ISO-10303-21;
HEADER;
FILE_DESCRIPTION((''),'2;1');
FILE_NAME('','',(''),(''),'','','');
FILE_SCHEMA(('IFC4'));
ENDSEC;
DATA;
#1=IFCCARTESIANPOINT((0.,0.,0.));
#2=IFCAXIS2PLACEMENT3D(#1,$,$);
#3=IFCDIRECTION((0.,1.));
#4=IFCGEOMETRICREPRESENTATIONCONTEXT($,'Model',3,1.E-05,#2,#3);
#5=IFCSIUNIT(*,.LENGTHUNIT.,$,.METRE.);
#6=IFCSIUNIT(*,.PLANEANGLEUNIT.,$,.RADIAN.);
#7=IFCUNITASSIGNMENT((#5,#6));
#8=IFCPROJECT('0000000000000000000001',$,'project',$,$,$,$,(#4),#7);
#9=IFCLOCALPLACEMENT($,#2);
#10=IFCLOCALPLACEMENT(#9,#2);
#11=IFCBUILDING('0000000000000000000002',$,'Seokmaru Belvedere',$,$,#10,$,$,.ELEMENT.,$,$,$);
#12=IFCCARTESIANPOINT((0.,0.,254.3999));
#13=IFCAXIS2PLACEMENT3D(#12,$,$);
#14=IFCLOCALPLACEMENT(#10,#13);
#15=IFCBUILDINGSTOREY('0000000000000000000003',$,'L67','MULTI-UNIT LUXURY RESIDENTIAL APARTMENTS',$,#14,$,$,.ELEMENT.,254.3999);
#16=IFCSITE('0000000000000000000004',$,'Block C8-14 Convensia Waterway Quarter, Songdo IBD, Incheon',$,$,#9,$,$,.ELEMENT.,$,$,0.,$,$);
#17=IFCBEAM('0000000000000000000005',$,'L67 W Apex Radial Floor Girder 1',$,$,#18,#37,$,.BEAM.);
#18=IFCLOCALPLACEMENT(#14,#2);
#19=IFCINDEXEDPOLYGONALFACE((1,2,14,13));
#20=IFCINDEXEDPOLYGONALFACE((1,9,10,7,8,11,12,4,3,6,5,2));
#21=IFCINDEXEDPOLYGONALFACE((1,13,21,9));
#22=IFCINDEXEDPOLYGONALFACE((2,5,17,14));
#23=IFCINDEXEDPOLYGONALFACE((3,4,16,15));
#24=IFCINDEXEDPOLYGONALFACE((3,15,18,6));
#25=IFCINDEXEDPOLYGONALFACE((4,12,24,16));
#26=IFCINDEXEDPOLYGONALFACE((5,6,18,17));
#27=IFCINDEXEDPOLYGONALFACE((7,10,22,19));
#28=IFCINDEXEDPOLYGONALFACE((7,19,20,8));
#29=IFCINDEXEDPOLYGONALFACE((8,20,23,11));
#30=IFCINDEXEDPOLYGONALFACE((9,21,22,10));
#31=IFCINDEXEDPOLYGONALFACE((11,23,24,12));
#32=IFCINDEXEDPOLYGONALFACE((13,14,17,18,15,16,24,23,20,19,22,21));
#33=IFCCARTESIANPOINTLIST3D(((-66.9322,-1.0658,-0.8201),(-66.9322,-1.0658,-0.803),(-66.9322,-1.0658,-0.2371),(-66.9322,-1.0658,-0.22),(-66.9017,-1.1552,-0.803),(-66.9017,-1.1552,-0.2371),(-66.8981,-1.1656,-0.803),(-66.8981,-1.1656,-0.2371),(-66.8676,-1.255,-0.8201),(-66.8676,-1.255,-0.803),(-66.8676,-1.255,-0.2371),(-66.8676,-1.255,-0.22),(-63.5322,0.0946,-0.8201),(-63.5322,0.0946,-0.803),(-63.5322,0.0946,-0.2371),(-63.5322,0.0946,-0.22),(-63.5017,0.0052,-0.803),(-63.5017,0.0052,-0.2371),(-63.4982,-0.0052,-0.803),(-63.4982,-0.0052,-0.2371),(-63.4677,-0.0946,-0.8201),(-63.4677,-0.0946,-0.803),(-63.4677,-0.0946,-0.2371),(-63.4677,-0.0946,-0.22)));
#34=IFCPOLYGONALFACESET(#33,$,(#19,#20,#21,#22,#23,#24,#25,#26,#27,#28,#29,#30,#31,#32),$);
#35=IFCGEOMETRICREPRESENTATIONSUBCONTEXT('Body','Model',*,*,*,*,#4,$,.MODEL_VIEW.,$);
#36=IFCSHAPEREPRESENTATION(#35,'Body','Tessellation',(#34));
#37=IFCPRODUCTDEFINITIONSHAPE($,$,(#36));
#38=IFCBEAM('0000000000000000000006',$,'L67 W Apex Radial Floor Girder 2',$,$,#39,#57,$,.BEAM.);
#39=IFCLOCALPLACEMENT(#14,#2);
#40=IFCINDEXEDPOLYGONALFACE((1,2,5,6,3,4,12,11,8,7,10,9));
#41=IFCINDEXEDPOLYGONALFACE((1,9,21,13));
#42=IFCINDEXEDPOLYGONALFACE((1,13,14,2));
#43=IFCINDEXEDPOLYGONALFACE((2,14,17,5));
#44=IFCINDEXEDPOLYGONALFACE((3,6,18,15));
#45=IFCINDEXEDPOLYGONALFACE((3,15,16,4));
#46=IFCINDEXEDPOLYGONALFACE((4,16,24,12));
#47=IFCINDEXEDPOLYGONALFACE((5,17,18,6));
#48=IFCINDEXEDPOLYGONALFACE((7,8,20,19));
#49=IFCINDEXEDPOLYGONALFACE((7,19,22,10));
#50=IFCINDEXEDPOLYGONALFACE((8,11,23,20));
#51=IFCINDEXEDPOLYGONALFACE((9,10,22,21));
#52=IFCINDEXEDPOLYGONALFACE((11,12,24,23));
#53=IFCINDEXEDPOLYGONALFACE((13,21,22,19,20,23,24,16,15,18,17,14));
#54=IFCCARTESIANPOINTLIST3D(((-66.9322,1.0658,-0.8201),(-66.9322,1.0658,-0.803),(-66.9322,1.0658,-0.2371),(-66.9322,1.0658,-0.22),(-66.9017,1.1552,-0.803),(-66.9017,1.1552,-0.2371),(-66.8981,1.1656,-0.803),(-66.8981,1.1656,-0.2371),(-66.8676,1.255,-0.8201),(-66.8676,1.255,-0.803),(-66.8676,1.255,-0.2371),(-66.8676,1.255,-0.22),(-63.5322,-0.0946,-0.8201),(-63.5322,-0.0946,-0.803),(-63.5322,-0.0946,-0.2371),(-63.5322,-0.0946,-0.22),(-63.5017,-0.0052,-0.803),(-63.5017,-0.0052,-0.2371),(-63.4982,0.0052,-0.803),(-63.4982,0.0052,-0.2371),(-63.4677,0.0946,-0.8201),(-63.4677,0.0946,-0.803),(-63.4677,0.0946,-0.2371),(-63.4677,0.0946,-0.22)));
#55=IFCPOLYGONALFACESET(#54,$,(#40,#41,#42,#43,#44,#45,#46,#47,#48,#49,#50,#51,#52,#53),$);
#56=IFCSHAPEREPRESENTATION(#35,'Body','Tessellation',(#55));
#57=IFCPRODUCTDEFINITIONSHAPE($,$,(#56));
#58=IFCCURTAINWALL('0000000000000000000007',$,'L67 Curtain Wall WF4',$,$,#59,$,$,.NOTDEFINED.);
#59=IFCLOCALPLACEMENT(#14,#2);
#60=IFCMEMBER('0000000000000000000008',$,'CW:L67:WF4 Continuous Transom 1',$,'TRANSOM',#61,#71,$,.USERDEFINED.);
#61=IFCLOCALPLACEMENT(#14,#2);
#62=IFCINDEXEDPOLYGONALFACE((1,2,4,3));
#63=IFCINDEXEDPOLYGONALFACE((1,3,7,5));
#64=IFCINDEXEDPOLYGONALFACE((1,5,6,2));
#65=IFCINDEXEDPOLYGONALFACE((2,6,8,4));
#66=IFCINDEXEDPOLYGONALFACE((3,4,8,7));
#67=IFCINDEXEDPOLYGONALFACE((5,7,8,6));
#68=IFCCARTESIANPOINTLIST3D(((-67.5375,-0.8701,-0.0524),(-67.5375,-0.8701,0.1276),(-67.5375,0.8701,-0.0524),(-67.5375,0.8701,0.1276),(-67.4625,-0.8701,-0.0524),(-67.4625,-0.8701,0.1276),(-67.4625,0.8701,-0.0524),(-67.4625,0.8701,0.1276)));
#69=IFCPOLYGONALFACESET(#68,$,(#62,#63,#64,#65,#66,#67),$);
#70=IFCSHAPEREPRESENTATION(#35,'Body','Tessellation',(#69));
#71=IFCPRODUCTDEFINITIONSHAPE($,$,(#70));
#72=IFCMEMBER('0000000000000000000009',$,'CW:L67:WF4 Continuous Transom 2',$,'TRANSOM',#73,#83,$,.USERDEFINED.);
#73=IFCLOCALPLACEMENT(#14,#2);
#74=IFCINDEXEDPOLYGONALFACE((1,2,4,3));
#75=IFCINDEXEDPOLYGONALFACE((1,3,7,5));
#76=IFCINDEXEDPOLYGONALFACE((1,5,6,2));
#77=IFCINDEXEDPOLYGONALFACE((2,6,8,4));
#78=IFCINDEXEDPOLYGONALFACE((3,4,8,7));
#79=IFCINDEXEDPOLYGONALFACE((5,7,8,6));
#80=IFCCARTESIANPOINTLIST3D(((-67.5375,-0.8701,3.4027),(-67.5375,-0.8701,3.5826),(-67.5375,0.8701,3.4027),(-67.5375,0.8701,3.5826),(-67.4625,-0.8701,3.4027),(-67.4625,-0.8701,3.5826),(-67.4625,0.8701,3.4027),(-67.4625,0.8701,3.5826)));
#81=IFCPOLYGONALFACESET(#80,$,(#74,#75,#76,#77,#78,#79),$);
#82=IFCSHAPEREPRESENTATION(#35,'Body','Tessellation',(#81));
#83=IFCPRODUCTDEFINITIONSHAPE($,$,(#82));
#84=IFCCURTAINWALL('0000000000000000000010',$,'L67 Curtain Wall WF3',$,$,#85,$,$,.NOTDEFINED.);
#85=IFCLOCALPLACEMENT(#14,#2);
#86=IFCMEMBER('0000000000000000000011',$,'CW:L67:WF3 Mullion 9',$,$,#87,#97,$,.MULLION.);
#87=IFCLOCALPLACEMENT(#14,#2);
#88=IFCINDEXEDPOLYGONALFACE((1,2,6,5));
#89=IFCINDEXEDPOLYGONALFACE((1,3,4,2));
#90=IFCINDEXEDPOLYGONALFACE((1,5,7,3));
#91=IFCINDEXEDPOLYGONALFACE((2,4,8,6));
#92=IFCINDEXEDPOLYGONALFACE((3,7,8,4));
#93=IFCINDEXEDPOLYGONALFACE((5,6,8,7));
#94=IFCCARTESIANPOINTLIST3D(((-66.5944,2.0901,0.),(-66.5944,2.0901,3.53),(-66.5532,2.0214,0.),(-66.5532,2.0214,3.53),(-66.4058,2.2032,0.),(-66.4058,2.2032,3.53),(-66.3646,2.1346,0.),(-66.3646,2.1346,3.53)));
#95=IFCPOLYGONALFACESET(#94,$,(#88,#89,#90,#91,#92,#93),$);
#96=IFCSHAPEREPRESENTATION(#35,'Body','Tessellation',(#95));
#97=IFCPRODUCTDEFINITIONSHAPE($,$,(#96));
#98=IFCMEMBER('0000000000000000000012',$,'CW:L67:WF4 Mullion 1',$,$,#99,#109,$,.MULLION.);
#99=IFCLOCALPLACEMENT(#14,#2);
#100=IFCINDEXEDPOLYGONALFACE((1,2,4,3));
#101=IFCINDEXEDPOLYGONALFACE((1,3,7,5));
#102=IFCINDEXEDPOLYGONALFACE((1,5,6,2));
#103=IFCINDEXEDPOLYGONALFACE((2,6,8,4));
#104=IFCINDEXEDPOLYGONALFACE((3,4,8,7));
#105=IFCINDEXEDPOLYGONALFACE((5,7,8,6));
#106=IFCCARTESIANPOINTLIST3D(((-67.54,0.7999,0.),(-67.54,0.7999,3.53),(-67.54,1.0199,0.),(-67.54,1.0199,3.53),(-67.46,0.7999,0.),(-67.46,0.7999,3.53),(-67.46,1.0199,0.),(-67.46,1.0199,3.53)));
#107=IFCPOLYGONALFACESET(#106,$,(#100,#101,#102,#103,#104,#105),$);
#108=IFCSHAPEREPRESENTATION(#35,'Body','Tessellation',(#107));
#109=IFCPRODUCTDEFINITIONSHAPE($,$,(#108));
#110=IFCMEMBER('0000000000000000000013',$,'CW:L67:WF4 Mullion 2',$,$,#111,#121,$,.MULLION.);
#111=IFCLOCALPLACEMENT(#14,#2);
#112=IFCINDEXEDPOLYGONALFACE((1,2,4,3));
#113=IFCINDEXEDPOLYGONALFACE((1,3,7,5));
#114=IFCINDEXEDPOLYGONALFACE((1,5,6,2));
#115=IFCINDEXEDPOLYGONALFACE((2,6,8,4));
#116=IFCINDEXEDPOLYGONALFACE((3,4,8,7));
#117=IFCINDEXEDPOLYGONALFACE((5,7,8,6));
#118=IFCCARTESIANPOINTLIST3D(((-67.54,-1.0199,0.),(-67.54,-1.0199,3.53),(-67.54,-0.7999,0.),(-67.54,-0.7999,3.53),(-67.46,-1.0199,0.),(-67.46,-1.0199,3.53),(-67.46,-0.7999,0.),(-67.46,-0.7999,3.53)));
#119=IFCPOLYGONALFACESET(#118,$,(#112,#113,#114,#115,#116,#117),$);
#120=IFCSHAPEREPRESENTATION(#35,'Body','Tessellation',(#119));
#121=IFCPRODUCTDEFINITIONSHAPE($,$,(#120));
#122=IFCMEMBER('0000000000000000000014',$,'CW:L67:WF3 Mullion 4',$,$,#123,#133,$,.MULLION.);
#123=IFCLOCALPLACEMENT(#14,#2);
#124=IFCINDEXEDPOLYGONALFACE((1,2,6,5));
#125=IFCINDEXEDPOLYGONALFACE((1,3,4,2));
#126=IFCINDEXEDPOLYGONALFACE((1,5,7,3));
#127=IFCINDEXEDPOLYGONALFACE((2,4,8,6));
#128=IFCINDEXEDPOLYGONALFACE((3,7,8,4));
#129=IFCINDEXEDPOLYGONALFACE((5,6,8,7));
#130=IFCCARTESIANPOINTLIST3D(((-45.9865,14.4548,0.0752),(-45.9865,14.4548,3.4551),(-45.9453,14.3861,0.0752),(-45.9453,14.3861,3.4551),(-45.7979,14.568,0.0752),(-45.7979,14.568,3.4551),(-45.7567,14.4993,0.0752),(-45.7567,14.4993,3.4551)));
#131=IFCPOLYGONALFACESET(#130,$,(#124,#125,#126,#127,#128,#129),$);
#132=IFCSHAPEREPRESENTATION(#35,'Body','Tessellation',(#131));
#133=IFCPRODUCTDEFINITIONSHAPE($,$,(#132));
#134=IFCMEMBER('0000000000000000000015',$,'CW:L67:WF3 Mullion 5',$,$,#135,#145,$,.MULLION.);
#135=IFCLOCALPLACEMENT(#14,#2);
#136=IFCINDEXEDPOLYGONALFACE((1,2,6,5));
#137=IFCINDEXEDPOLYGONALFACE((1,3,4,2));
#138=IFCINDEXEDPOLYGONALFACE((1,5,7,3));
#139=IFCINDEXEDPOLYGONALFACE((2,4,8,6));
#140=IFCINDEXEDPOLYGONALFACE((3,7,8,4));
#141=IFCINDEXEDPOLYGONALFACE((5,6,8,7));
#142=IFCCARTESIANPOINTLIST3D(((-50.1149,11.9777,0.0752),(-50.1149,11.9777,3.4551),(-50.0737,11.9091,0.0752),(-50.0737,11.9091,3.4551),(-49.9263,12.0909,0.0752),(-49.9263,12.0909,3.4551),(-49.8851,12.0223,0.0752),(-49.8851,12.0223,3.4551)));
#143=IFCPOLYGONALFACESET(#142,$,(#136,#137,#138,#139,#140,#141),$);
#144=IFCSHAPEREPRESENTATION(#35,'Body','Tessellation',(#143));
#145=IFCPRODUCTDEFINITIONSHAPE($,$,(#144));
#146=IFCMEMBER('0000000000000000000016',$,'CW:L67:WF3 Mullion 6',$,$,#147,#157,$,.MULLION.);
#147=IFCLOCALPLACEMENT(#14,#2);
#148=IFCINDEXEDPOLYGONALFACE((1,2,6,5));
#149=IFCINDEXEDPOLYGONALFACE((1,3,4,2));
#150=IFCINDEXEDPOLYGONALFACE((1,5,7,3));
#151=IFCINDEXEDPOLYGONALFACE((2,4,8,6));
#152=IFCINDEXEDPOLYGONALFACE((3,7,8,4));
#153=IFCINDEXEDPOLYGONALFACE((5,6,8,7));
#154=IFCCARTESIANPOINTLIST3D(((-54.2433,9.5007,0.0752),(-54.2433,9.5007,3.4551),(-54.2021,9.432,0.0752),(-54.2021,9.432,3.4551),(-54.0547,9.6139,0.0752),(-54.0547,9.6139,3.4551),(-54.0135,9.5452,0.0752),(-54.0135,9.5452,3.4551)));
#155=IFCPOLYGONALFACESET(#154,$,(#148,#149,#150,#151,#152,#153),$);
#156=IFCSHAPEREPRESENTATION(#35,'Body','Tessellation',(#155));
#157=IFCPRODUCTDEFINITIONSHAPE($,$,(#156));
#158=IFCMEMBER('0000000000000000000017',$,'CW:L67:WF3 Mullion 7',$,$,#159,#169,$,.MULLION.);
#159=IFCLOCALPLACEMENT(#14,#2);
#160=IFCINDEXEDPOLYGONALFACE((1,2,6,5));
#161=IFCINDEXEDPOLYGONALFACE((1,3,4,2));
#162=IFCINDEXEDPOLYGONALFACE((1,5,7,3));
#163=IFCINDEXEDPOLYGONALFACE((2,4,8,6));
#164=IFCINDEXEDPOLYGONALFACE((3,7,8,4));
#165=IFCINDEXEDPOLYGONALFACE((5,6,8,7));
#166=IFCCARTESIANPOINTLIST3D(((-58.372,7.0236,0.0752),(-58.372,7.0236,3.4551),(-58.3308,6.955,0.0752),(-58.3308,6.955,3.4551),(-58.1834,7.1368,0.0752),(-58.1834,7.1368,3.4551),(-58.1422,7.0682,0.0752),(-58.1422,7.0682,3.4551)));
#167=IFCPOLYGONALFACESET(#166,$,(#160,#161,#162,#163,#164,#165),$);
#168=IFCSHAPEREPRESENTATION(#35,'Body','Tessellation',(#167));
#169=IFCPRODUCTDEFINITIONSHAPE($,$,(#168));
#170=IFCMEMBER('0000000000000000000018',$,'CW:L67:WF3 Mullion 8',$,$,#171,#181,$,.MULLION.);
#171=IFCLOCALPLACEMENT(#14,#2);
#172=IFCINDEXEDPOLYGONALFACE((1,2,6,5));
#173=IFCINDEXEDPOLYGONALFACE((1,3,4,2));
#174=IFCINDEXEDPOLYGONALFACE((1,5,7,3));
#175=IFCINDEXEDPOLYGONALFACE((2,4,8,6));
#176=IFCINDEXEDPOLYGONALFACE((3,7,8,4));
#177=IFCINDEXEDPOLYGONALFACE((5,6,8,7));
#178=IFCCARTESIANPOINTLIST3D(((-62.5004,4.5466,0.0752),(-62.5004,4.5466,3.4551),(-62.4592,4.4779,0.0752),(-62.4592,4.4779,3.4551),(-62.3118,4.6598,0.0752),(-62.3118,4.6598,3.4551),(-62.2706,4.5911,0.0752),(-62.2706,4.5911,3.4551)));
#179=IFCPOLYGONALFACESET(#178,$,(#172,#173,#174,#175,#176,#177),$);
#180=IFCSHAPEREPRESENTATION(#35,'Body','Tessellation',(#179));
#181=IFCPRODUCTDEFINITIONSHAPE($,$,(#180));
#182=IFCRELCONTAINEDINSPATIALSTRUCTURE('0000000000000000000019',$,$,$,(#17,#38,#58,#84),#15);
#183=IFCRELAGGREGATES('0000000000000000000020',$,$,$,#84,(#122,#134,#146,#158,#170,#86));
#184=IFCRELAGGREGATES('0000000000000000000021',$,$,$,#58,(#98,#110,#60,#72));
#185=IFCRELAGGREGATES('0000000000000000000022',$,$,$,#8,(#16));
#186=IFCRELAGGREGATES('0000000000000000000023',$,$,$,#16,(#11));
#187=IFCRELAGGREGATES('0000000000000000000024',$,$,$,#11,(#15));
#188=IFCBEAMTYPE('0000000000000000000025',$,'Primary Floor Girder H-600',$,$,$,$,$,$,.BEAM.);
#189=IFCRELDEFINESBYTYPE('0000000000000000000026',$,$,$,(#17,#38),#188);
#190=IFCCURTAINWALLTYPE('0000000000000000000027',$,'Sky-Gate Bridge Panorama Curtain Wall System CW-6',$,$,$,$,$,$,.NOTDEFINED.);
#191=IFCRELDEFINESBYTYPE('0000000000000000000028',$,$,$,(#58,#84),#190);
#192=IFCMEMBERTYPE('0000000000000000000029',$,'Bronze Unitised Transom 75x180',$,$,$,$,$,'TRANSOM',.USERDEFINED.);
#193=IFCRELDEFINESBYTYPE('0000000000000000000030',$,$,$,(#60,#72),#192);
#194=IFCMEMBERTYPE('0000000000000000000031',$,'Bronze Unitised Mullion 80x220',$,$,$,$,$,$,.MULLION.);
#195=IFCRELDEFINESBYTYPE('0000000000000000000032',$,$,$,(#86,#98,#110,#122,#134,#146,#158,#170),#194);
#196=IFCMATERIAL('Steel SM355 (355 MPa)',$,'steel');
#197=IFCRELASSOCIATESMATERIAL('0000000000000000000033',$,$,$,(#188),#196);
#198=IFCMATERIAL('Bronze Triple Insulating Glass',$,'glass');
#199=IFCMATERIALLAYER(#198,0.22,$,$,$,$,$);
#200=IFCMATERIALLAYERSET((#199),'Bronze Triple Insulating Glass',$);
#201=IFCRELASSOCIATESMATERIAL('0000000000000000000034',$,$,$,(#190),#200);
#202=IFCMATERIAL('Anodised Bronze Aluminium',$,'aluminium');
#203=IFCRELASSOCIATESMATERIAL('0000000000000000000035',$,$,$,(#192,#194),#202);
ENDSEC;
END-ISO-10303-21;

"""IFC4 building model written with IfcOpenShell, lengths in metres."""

from ifc_helpers import new_model, si_unit, direction, frame, origin, origin_2d, place, context, subcontext, project, spatial, rectangle, i_section, extrude, source, transform, mapped, material, layer, layer_set, material_profile, profile_set, type_object, type_shapes, element, aggregate, save


model = new_model("IFC4")

# Units and contexts
model_context = context("Model", 3, precision=1e-05, world=origin(), true_north=direction((0.0, 1.0)))
body_context = subcontext(model_context, "Body", "Model", "MODEL_VIEW")
ifc_project = project(units=[si_unit("LENGTHUNIT", "METRE"), si_unit("PLANEANGLEUNIT", "RADIAN")], contexts=[model_context])

# Site, building, storey
site_placement = place(None, origin())
site = spatial("IfcSite", under=ifc_project, at=site_placement, Name="Block C8-14 Convensia Waterway Quarter, Songdo IBD, Incheon", CompositionType="ELEMENT", RefElevation=0.0)
building_placement = place(site_placement, origin())
building = spatial("IfcBuilding", under=site, at=building_placement, Name="Seokmaru Belvedere", CompositionType="ELEMENT")
storey_placement = place(building_placement, frame((0.0, 0.0, 254.3999)))
storey = spatial("IfcBuildingStorey", under=building, at=storey_placement, Name="L67", Description="MULTI-UNIT LUXURY RESIDENTIAL APARTMENTS", CompositionType="ELEMENT", Elevation=254.3999)

# Shared definitions
ifc_material_1 = material(Name="Steel SM355 (355 MPa)", Category="steel")

# Beams
ifc_material_profile_1 = material_profile(ifc_material_1, i_section(OverallWidth=0.2, OverallDepth=0.6001, WebThickness=0.011, FlangeThickness=0.0171, at=origin_2d()), Name="H-600x200x11x17")
ifc_profile_set_1 = profile_set([ifc_material_profile_1], Name="Steel SM355 (355 MPa)")
beam_type_1 = type_object("IfcBeamType", Name="Primary Floor Girder H-600", PredefinedType="BEAM", material=ifc_profile_set_1)
shared_shape_1 = source(origin(), body_context, "Body", "SweptSolid", [
    extrude(i_section(OverallWidth=0.2, OverallDepth=0.6001, WebThickness=0.011, FlangeThickness=0.0171, at=origin_2d()), origin(), (0.0, 0.0, 1.0), 3.5925),
])
for number, where, z_axis, x_axis, name in (
    (1, (-66.8999, -1.1604, -0.52), (0.946396, 0.323009, 0.0), (-0.323009, 0.946396, 0.0), "L67 W Apex Radial Floor Girder 1"),
    (2, (-66.8999, 1.1604, -0.52), (0.946396, -0.323009, 0.0), (0.323009, 0.946396, 0.0), "L67 W Apex Radial Floor Girder 2"),
):
    element("IfcBeam", number, at=place(storey_placement, frame(where, z_axis=z_axis, x_axis=x_axis)), inside=storey, type_object=beam_type_1, Name=name, PredefinedType="BEAM", context=body_context, shape_type="MappedRepresentation", body=[
        mapped(shared_shape_1, transform((0.0, 0.0, 0.0), scale=1.0)),
    ])

# Curtain wall, members
ifc_material_2 = material(Name="Bronze Triple Insulating Glass", Category="glass")
ifc_layer_1 = layer(ifc_material_2, 0.22)
ifc_layer_set_1 = layer_set([ifc_layer_1], Name="Bronze Triple Insulating Glass")
curtain_wall_type = type_object("IfcCurtainWallType", Name="Sky-Gate Bridge Panorama Curtain Wall System CW-6", PredefinedType="NOTDEFINED", material=ifc_layer_set_1)
curtain_wall_1_placement = place(storey_placement, origin())
curtain_wall_1 = element("IfcCurtainWall", 3, at=curtain_wall_1_placement, inside=storey, type_object=curtain_wall_type, Name="L67 Curtain Wall WF4", PredefinedType="NOTDEFINED")
ifc_material_3 = material(Name="Anodised Bronze Aluminium", Category="aluminium")
ifc_material_profile_2 = material_profile(ifc_material_3, rectangle(XDim=0.075, YDim=0.1799, at=origin_2d()), Name="CW-T-75x180")
ifc_profile_set_2 = profile_set([ifc_material_profile_2], Name="Anodised Bronze Aluminium")
member_type_1 = type_object("IfcMemberType", Name="Bronze Unitised Transom 75x180", ElementType="TRANSOM", PredefinedType="USERDEFINED", material=ifc_profile_set_2)
shared_shape_2 = source(origin(), body_context, "Body", "SweptSolid", [
    extrude(rectangle(XDim=0.075, YDim=0.1799, at=origin_2d()), origin(), (0.0, 0.0, 1.0), 1.7402),
])
type_shapes(member_type_1, [shared_shape_2])
member_1_placement = place(storey_placement, frame((-67.5, 0.8701, 0.0376), z_axis=(0.0, -1.0, 0.0), x_axis=(1.0, 0.0, 0.0)))
member_1 = element("IfcMember", 4, at=member_1_placement, type_object=member_type_1, Name="CW:L67:WF4 Continuous Transom 1", ObjectType="TRANSOM", PredefinedType="USERDEFINED", context=body_context, shape_type="MappedRepresentation", body=[
    mapped(shared_shape_2, transform((0.0, 0.0, 0.0), scale=1.0)),
])
member_2_placement = place(storey_placement, frame((-67.5, 0.8701, 3.4927), z_axis=(0.0, -1.0, 0.0), x_axis=(1.0, 0.0, 0.0)))
member_2 = element("IfcMember", 5, at=member_2_placement, type_object=member_type_1, Name="CW:L67:WF4 Continuous Transom 2", ObjectType="TRANSOM", PredefinedType="USERDEFINED", context=body_context, shape_type="MappedRepresentation", body=[
    mapped(shared_shape_2, transform((0.0, 0.0, 0.0), scale=1.0)),
])

# Curtain wall, member
curtain_wall_2_placement = place(storey_placement, origin())
curtain_wall_2 = element("IfcCurtainWall", 6, at=curtain_wall_2_placement, inside=storey, type_object=curtain_wall_type, Name="L67 Curtain Wall WF3", PredefinedType="NOTDEFINED")
ifc_material_profile_3 = material_profile(ifc_material_3, rectangle(XDim=0.0801, YDim=0.22, at=origin_2d()), Name="CW-M-80x220")
ifc_profile_set_3 = profile_set([ifc_material_profile_3], Name="Anodised Bronze Aluminium")
member_type_2 = type_object("IfcMemberType", Name="Bronze Unitised Mullion 80x220", PredefinedType="MULLION", material=ifc_profile_set_3)
shared_shape_3 = source(origin(), body_context, "Body", "SweptSolid", [
    extrude(rectangle(XDim=0.0801, YDim=0.22, at=origin_2d()), origin(), (0.0, 0.0, 1.0), 3.53),
])
member_3_placement = place(storey_placement, frame((-66.4795, 2.1123, 0.0), z_axis=(0.0, 0.0, 1.0), x_axis=(0.514495, -0.857493, 0.0)))
member_3 = element("IfcMember", 7, at=member_3_placement, type_object=member_type_2, Name="CW:L67:WF3 Mullion 9", PredefinedType="MULLION", context=body_context, shape_type="MappedRepresentation", body=[
    mapped(shared_shape_3, transform((0.0, 0.0, 0.0), scale=1.0)),
])

# Members
member_4_placement = place(storey_placement, frame((-67.5, 0.9099, 0.0), z_axis=(0.0, 0.0, 1.0), x_axis=(1.0, 0.0, 0.0)))
member_4 = element("IfcMember", 8, at=member_4_placement, type_object=member_type_2, Name="CW:L67:WF4 Mullion 1", PredefinedType="MULLION", context=body_context, shape_type="MappedRepresentation", body=[
    mapped(shared_shape_3, transform((0.0, 0.0, 0.0), scale=1.0)),
])
member_5_placement = place(storey_placement, frame((-67.5, -0.9099, 0.0), z_axis=(0.0, 0.0, 1.0), x_axis=(1.0, 0.0, 0.0)))
member_5 = element("IfcMember", 9, at=member_5_placement, type_object=member_type_2, Name="CW:L67:WF4 Mullion 2", PredefinedType="MULLION", context=body_context, shape_type="MappedRepresentation", body=[
    mapped(shared_shape_3, transform((0.0, 0.0, 0.0), scale=1.0)),
])
shared_shape_4 = source(origin(), body_context, "Body", "SweptSolid", [
    extrude(rectangle(XDim=0.0801, YDim=0.22, at=origin_2d()), origin(), (0.0, 0.0, 1.0), 3.3799),
])
type_shapes(member_type_2, [shared_shape_3, shared_shape_4])
member_6_placement = place(storey_placement, frame((-45.8716, 14.4771, 0.0752), z_axis=(0.0, 0.0, 1.0), x_axis=(0.514495, -0.857493, 0.0)))
member_6 = element("IfcMember", 10, at=member_6_placement, type_object=member_type_2, Name="CW:L67:WF3 Mullion 4", PredefinedType="MULLION", context=body_context, shape_type="MappedRepresentation", body=[
    mapped(shared_shape_4, transform((0.0, 0.0, 0.0), scale=1.0)),
])
member_7_placement = place(storey_placement, frame((-50.0, 12.0, 0.0752), z_axis=(0.0, 0.0, 1.0), x_axis=(0.514495, -0.857493, 0.0)))
member_7 = element("IfcMember", 11, at=member_7_placement, type_object=member_type_2, Name="CW:L67:WF3 Mullion 5", PredefinedType="MULLION", context=body_context, shape_type="MappedRepresentation", body=[
    mapped(shared_shape_4, transform((0.0, 0.0, 0.0), scale=1.0)),
])
member_8_placement = place(storey_placement, frame((-54.1284, 9.5229, 0.0752), z_axis=(0.0, 0.0, 1.0), x_axis=(0.514495, -0.857493, 0.0)))
member_8 = element("IfcMember", 12, at=member_8_placement, type_object=member_type_2, Name="CW:L67:WF3 Mullion 6", PredefinedType="MULLION", context=body_context, shape_type="MappedRepresentation", body=[
    mapped(shared_shape_4, transform((0.0, 0.0, 0.0), scale=1.0)),
])
member_9_placement = place(storey_placement, frame((-58.2571, 7.0459, 0.0752), z_axis=(0.0, 0.0, 1.0), x_axis=(0.514495, -0.857493, 0.0)))
member_9 = element("IfcMember", 13, at=member_9_placement, type_object=member_type_2, Name="CW:L67:WF3 Mullion 7", PredefinedType="MULLION", context=body_context, shape_type="MappedRepresentation", body=[
    mapped(shared_shape_4, transform((0.0, 0.0, 0.0), scale=1.0)),
])
member_10_placement = place(storey_placement, frame((-62.3855, 4.5688, 0.0752), z_axis=(0.0, 0.0, 1.0), x_axis=(0.514495, -0.857493, 0.0)))
member_10 = element("IfcMember", 14, at=member_10_placement, type_object=member_type_2, Name="CW:L67:WF3 Mullion 8", PredefinedType="MULLION", context=body_context, shape_type="MappedRepresentation", body=[
    mapped(shared_shape_4, transform((0.0, 0.0, 0.0), scale=1.0)),
])

aggregate(curtain_wall_2, [member_6, member_7, member_8, member_9, member_10, member_3])
aggregate(curtain_wall_1, [member_4, member_5, member_1, member_2])

save(model, "model.ifc")
